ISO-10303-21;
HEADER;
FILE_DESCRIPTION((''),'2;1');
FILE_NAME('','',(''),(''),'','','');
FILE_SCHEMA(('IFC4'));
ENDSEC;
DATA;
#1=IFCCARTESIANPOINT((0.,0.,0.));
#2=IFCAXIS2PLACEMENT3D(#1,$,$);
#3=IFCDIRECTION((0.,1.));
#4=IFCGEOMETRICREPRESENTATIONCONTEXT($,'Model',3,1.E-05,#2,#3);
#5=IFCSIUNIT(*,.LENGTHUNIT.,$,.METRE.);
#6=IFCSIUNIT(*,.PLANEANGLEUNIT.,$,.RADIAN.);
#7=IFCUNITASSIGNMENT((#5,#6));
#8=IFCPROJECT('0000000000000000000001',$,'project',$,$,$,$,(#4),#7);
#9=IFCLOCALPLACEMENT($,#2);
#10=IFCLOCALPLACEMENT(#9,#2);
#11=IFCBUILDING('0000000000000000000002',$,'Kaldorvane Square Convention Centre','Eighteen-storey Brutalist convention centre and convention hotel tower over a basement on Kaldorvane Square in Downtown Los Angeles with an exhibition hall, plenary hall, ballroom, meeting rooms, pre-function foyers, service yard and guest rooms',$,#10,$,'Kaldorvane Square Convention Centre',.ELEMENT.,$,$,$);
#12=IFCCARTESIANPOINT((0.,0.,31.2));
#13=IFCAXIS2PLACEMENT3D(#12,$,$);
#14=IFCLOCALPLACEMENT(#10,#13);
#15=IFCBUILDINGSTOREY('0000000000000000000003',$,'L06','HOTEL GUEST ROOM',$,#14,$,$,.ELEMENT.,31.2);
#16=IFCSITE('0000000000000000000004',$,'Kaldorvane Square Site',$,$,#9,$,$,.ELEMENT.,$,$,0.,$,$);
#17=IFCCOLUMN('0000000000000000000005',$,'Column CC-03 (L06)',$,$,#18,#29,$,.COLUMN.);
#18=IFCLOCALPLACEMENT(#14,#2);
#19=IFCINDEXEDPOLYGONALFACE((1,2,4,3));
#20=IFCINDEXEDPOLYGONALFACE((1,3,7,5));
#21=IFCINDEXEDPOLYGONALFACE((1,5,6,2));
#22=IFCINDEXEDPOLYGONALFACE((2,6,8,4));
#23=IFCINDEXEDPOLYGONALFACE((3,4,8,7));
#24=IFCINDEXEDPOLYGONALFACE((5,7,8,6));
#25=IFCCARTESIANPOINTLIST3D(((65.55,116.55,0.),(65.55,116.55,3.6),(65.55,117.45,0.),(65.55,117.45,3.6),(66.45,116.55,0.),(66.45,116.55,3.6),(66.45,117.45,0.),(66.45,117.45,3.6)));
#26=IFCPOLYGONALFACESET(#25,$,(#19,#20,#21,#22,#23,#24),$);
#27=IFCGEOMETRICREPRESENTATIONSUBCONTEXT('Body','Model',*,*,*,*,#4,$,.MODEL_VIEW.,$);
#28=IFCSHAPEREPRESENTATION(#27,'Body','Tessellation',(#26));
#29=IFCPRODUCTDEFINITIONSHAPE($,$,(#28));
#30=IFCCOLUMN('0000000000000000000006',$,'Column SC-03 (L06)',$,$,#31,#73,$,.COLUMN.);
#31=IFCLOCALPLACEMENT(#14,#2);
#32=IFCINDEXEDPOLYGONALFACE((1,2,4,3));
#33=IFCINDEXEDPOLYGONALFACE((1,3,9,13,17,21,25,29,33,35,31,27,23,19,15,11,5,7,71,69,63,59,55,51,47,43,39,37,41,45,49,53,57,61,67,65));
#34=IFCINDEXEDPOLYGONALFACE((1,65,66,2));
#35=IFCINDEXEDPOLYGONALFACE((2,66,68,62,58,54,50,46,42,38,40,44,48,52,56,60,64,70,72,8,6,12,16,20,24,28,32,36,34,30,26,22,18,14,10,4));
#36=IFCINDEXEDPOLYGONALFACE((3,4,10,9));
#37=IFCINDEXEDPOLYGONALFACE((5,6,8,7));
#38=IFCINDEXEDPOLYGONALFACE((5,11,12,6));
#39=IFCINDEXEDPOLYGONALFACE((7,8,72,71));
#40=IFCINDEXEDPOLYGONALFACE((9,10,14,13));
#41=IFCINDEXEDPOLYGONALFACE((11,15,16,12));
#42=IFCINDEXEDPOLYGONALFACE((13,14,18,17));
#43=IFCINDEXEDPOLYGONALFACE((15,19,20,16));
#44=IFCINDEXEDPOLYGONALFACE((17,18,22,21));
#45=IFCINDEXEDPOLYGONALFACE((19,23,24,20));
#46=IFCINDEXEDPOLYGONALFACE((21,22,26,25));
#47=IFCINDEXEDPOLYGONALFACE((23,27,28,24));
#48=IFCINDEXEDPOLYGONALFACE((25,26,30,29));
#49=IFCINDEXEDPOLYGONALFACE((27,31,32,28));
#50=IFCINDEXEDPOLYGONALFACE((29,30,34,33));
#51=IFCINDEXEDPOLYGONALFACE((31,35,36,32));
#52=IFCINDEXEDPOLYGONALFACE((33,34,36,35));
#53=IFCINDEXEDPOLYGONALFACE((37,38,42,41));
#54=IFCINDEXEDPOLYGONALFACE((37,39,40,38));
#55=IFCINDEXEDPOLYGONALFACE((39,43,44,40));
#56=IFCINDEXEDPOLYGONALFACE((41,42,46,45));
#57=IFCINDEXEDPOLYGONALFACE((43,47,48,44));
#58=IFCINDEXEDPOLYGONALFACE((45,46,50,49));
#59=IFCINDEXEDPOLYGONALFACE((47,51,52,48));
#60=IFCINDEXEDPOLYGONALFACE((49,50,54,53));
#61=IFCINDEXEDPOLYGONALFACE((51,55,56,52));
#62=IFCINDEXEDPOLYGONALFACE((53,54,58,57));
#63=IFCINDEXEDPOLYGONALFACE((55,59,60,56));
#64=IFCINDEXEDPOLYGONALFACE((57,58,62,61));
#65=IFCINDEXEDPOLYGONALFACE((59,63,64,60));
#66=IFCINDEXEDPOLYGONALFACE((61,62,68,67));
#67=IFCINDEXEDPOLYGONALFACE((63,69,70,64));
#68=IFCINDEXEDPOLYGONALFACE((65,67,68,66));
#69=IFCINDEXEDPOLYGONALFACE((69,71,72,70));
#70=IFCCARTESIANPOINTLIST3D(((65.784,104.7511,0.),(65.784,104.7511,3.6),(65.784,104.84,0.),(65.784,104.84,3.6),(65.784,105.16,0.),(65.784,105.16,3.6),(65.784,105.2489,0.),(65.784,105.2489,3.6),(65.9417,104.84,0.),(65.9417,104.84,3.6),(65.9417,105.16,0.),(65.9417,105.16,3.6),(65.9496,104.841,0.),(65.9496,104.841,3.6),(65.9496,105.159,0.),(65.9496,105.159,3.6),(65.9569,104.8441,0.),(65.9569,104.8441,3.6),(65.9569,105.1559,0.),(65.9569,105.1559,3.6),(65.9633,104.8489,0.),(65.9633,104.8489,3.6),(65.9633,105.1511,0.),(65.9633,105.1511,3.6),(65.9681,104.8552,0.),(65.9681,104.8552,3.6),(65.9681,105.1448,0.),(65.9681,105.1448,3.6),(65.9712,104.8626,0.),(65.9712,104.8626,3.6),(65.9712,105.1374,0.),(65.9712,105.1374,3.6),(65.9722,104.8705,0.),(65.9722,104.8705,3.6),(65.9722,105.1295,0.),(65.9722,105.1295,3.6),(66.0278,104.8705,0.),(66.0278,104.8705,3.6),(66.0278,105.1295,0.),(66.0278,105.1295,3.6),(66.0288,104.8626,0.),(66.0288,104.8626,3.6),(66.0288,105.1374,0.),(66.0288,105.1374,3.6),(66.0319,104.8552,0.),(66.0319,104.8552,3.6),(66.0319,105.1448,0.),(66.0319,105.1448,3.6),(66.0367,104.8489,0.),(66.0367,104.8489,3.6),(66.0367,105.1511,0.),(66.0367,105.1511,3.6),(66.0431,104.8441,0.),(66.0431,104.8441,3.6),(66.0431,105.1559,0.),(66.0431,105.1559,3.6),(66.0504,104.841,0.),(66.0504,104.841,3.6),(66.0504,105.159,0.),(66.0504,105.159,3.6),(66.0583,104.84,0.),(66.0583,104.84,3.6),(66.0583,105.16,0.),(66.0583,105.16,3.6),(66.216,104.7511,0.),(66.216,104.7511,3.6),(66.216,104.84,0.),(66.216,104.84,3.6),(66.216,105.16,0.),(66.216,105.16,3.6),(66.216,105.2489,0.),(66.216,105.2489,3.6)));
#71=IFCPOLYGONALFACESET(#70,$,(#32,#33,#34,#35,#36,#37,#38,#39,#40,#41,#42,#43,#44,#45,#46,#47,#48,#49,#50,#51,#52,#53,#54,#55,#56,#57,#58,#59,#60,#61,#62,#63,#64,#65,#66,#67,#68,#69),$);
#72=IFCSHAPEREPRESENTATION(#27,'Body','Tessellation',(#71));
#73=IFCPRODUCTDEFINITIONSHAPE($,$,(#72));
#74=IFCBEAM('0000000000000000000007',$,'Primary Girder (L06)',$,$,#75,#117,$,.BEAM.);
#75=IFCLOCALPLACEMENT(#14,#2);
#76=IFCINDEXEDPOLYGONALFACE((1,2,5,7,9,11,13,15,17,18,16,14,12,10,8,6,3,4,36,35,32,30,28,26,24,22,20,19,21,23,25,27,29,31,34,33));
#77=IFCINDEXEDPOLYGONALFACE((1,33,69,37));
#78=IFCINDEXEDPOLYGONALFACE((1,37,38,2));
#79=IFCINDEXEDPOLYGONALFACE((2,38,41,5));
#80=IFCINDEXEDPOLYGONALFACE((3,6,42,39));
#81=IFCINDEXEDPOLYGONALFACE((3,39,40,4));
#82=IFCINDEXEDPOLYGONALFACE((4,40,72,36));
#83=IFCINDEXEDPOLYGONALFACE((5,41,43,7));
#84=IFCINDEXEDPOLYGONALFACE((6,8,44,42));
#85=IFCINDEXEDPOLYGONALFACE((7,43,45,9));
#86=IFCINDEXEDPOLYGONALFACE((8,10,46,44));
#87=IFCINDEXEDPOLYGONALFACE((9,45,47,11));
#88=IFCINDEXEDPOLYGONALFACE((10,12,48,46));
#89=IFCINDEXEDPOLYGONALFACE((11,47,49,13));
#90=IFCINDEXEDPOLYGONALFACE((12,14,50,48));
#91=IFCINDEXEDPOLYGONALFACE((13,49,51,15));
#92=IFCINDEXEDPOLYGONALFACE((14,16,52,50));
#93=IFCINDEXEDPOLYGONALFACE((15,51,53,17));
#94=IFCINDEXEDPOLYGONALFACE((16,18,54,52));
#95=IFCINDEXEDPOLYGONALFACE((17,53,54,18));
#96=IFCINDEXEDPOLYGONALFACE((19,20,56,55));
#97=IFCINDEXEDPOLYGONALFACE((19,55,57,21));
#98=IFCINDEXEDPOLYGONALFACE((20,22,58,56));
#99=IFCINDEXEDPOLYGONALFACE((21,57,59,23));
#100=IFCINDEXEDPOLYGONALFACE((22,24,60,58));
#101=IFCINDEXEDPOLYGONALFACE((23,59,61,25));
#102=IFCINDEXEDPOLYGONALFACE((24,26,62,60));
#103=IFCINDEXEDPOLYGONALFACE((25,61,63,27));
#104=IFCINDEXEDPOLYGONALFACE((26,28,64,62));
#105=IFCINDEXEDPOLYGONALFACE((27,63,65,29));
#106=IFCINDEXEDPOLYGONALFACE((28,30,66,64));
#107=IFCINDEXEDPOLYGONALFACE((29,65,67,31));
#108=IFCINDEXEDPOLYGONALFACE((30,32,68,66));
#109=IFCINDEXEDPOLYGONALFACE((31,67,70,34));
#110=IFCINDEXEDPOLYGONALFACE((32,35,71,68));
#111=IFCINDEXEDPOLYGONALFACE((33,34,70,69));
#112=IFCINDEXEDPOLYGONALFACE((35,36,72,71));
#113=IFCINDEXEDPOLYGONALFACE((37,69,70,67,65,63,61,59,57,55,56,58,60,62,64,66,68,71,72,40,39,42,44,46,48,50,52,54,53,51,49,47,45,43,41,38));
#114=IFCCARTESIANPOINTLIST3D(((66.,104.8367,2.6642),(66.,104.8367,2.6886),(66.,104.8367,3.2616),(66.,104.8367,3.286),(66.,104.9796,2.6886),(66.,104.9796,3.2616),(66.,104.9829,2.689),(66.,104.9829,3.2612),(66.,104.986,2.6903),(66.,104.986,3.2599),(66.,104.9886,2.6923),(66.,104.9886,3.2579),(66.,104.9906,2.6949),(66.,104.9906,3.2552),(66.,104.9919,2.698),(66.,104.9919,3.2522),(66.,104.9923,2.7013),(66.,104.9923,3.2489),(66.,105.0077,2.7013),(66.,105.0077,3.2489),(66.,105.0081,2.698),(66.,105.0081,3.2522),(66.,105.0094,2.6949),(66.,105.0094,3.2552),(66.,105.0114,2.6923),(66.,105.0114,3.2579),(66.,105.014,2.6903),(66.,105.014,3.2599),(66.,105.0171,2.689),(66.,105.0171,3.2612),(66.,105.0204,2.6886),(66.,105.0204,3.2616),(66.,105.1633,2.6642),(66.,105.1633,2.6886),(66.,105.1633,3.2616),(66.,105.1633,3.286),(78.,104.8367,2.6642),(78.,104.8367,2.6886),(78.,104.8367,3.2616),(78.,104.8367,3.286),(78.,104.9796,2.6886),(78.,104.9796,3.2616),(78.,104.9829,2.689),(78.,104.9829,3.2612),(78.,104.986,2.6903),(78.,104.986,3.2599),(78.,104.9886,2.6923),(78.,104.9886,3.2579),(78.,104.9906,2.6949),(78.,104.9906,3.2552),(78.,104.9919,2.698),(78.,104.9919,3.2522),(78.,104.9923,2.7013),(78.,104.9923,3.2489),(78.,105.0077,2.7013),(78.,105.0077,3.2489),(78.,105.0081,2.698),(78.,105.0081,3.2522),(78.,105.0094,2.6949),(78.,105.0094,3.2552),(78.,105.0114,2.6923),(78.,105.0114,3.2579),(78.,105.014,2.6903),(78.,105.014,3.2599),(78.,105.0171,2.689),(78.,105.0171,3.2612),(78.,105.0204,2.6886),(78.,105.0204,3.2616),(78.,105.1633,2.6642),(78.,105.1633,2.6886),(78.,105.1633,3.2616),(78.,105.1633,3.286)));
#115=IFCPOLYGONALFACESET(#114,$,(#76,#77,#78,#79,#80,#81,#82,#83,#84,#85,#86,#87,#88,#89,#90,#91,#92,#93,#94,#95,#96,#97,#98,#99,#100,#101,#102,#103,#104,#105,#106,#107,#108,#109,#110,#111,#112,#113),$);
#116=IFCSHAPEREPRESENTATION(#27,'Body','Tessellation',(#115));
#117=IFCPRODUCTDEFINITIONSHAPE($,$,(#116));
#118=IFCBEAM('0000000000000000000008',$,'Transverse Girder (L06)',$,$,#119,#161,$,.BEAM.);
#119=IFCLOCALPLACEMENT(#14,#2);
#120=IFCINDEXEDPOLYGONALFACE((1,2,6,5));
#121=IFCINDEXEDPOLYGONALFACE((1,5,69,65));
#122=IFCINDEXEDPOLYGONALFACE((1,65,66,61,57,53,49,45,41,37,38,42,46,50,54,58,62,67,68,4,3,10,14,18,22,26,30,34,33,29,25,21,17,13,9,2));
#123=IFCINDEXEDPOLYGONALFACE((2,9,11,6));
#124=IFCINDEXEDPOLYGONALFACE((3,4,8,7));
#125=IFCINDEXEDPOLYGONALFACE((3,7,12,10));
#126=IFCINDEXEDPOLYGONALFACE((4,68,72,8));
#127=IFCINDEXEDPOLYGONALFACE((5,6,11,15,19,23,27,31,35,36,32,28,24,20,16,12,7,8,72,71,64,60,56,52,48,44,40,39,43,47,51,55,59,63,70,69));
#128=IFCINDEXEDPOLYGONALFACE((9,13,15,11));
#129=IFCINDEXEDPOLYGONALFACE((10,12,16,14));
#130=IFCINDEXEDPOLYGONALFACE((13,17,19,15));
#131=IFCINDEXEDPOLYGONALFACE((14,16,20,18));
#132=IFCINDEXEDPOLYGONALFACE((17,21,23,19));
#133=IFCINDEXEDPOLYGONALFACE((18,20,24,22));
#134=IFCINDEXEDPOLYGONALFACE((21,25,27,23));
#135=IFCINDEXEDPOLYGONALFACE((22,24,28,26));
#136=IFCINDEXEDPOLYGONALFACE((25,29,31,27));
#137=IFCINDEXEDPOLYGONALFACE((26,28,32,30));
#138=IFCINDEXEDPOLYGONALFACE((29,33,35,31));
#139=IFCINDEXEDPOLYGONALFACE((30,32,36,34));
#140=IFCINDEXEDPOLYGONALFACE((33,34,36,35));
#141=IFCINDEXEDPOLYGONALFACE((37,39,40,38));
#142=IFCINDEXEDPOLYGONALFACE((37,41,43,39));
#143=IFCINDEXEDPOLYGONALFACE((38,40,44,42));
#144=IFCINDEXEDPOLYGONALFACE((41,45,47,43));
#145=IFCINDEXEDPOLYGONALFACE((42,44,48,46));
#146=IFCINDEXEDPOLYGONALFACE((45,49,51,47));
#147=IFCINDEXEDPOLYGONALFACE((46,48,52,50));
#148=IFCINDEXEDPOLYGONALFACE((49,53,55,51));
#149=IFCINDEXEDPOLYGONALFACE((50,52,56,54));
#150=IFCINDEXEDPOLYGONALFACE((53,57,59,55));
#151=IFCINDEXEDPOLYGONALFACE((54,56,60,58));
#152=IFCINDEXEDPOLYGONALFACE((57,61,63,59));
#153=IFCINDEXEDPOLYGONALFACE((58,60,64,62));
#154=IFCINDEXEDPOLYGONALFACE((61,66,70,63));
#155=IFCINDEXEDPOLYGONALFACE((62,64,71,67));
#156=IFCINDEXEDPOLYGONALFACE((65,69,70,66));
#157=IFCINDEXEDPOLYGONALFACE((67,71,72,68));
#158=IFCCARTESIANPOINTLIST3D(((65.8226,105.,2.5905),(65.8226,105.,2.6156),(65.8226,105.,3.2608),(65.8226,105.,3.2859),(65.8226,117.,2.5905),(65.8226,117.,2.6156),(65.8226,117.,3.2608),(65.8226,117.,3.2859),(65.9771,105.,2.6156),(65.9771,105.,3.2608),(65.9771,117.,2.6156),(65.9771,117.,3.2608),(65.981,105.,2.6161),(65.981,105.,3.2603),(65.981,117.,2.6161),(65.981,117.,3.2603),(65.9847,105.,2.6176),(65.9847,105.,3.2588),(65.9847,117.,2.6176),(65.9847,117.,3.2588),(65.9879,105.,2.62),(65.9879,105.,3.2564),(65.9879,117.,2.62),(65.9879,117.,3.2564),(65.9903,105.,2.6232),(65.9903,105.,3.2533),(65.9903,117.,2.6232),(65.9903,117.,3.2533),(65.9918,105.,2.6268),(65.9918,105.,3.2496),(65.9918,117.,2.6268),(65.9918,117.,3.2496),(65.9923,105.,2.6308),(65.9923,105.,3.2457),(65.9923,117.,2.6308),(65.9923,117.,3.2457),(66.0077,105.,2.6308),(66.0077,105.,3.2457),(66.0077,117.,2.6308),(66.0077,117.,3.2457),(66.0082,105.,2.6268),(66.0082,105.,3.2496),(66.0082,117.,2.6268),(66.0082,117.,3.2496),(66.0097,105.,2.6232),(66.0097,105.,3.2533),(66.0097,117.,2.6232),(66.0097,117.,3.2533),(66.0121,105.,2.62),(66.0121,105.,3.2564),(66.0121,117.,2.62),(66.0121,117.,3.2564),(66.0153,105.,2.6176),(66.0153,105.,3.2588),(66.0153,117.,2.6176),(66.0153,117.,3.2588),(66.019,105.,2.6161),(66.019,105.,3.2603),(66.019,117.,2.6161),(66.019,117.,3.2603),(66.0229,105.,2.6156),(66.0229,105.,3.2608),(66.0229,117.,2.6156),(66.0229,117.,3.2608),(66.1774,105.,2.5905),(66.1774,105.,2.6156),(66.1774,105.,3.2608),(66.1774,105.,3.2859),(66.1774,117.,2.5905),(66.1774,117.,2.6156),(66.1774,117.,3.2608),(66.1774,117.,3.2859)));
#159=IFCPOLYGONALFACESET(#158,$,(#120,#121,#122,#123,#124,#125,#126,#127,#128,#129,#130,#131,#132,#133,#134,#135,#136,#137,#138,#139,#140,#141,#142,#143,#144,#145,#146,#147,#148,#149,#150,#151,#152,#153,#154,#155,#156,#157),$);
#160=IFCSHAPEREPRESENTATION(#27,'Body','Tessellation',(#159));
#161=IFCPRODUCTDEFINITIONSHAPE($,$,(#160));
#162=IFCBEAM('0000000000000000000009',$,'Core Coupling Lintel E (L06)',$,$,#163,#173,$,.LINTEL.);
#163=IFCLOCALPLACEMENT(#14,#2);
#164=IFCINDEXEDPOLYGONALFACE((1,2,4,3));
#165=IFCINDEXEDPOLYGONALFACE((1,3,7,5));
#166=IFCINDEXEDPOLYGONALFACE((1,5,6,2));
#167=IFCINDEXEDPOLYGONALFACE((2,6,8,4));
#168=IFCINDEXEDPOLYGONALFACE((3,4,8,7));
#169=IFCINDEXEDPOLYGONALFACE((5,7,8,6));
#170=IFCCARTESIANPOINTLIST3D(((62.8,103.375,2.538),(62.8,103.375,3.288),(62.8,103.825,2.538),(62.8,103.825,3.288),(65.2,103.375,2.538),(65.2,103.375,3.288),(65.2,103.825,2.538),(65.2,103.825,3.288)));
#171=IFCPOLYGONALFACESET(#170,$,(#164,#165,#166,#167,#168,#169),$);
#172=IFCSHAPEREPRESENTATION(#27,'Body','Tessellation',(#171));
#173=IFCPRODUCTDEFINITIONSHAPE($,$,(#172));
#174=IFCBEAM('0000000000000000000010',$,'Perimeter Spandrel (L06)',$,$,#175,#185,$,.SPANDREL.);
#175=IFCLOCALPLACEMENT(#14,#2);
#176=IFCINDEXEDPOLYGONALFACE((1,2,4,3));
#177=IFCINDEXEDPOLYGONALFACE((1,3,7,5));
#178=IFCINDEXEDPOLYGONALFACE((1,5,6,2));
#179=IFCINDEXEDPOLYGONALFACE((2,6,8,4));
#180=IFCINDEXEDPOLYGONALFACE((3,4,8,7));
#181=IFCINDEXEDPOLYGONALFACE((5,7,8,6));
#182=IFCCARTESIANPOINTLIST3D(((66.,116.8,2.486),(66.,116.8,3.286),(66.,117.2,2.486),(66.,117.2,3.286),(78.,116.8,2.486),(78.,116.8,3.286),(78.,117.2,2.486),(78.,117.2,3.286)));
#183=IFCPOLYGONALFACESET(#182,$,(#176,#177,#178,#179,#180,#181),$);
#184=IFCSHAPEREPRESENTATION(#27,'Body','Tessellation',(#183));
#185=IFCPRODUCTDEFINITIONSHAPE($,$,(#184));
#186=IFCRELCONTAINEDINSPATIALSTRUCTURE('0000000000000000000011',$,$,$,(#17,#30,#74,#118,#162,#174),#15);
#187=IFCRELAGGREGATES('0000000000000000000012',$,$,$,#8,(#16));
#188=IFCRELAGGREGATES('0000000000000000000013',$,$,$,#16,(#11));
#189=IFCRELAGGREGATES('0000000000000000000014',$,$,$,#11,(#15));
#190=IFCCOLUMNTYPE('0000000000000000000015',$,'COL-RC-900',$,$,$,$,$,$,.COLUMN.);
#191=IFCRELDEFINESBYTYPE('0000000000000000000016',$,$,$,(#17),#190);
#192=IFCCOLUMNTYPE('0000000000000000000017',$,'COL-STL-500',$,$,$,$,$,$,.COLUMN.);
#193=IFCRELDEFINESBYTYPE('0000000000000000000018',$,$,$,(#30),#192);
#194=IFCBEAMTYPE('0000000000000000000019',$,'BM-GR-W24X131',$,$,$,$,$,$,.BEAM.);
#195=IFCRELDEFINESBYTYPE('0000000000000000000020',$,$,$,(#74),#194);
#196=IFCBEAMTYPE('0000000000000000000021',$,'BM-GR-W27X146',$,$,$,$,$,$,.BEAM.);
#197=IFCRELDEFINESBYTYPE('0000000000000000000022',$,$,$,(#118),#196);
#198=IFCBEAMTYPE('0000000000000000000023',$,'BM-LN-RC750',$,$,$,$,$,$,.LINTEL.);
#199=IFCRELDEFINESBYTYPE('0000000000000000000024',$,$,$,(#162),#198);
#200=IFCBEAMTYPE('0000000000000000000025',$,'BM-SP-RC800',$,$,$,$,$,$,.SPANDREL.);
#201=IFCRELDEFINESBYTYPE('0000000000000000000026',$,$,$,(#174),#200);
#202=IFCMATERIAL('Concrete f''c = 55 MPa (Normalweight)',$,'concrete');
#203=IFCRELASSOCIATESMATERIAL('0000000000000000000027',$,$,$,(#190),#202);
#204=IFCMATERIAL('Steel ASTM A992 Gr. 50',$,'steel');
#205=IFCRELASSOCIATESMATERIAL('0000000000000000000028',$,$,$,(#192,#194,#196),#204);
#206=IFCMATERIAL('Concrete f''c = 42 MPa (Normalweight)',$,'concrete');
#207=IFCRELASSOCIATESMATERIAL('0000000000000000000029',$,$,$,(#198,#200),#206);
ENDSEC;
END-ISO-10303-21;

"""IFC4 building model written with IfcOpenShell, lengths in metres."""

from ifc_helpers import new_model, si_unit, direction, frame, origin, origin_2d, place, context, subcontext, project, spatial, rectangle, i_section, extrude, material, material_profile, profile_set, type_object, element, save


model = new_model("IFC4")

# Units and contexts
model_context = context("Model", 3, precision=1e-05, world=origin(), true_north=direction((0.0, 1.0)))
body_context = subcontext(model_context, "Body", "Model", "MODEL_VIEW")
ifc_project = project(units=[si_unit("LENGTHUNIT", "METRE"), si_unit("PLANEANGLEUNIT", "RADIAN")], contexts=[model_context])

# Site, building, storey
site_placement = place(None, origin())
site = spatial("IfcSite", under=ifc_project, at=site_placement, Name="Kaldorvane Square Site", CompositionType="ELEMENT", RefElevation=0.0)
building_placement = place(site_placement, origin())
building = spatial("IfcBuilding", under=site, at=building_placement, Name="Kaldorvane Square Convention Centre", Description="Eighteen-storey Brutalist convention centre and convention hotel tower over a basement on Kaldorvane Square in Downtown Los Angeles with an exhibition hall, plenary hall, ballroom, meeting rooms, pre-function foyers, service yard and guest rooms", LongName="Kaldorvane Square Convention Centre", CompositionType="ELEMENT")
storey_placement = place(building_placement, frame((0.0, 0.0, 31.2)))
storey = spatial("IfcBuildingStorey", under=building, at=storey_placement, Name="L06", Description="HOTEL GUEST ROOM", CompositionType="ELEMENT", Elevation=31.2)

# Columns
ifc_material_1 = material(Name="Concrete f'c = 55 MPa (Normalweight)", Category="concrete")
ifc_material_profile_1 = material_profile(ifc_material_1, rectangle(XDim=0.9, YDim=0.9, at=origin_2d()), Name="RC900X900")
ifc_profile_set_1 = profile_set([ifc_material_profile_1], Name="Concrete f'c = 55 MPa (Normalweight)")
column_type_1 = type_object("IfcColumnType", Name="COL-RC-900", PredefinedType="COLUMN", material=ifc_profile_set_1)
column_1_placement = place(storey_placement, frame((66.0, 117.0, 0.0), z_axis=(0.0, 0.0, 1.0), x_axis=(1.0, 0.0, 0.0)))
element("IfcColumn", 1, at=column_1_placement, inside=storey, type_object=column_type_1, Name="Column CC-03 (L06)", PredefinedType="COLUMN", context=body_context, shape_type="SweptSolid", body=[
    extrude(rectangle(XDim=0.9, YDim=0.9, at=origin_2d()), origin(), (0.0, 0.0, 1.0), 3.6),
])
ifc_material_2 = material(Name="Steel ASTM A992 Gr. 50", Category="steel")
ifc_material_profile_2 = material_profile(ifc_material_2, i_section(OverallWidth=0.4321, OverallDepth=0.4978, WebThickness=0.0556, FlangeThickness=0.0889, FilletRadius=0.0305, at=origin_2d()), Name="W14X500")
ifc_profile_set_2 = profile_set([ifc_material_profile_2], Name="Steel ASTM A992 Gr. 50")
column_type_2 = type_object("IfcColumnType", Name="COL-STL-500", PredefinedType="COLUMN", material=ifc_profile_set_2)
column_2_placement = place(storey_placement, frame((66.0, 105.0, 0.0), z_axis=(0.0, 0.0, 1.0), x_axis=(1.0, 0.0, 0.0)))
element("IfcColumn", 2, at=column_2_placement, inside=storey, type_object=column_type_2, Name="Column SC-03 (L06)", PredefinedType="COLUMN", context=body_context, shape_type="SweptSolid", body=[
    extrude(i_section(OverallWidth=0.4321, OverallDepth=0.4978, WebThickness=0.0556, FlangeThickness=0.0889, FilletRadius=0.0305, at=origin_2d()), origin(), (0.0, 0.0, 1.0), 3.6),
])

# Beams
ifc_material_profile_3 = material_profile(ifc_material_2, i_section(OverallWidth=0.3265, OverallDepth=0.6218, WebThickness=0.0154, FlangeThickness=0.0244, FilletRadius=0.0127, at=origin_2d()), Name="W24X131")
ifc_profile_set_3 = profile_set([ifc_material_profile_3], Name="Steel ASTM A992 Gr. 50")
beam_type_1 = type_object("IfcBeamType", Name="BM-GR-W24X131", PredefinedType="BEAM", material=ifc_profile_set_3)
beam_1_placement = place(storey_placement, frame((66.0, 105.0, 2.9751), z_axis=(1.0, 0.0, 0.0), x_axis=(0.0, 1.0, 0.0)))
element("IfcBeam", 3, at=beam_1_placement, inside=storey, type_object=beam_type_1, Name="Primary Girder (L06)", PredefinedType="BEAM", context=body_context, shape_type="SweptSolid", body=[
    extrude(i_section(OverallWidth=0.3265, OverallDepth=0.6218, WebThickness=0.0154, FlangeThickness=0.0244, FilletRadius=0.0127, at=origin_2d()), origin(), (0.0, 0.0, 1.0), 12.0),
])
ifc_material_profile_4 = material_profile(ifc_material_2, i_section(OverallWidth=0.3547, OverallDepth=0.6955, WebThickness=0.0154, FlangeThickness=0.0251, FilletRadius=0.0152, at=origin_2d()), Name="W27X146")
ifc_profile_set_4 = profile_set([ifc_material_profile_4], Name="Steel ASTM A992 Gr. 50")
beam_type_2 = type_object("IfcBeamType", Name="BM-GR-W27X146", PredefinedType="BEAM", material=ifc_profile_set_4)
beam_2_placement = place(storey_placement, frame((66.0, 105.0, 2.9382), z_axis=(0.0, 1.0, 0.0), x_axis=(-1.0, 0.0, 0.0)))
element("IfcBeam", 4, at=beam_2_placement, inside=storey, type_object=beam_type_2, Name="Transverse Girder (L06)", PredefinedType="BEAM", context=body_context, shape_type="SweptSolid", body=[
    extrude(i_section(OverallWidth=0.3547, OverallDepth=0.6955, WebThickness=0.0154, FlangeThickness=0.0251, FilletRadius=0.0152, at=origin_2d()), origin(), (0.0, 0.0, 1.0), 12.0),
])
ifc_material_3 = material(Name="Concrete f'c = 42 MPa (Normalweight)", Category="concrete")
ifc_material_profile_5 = material_profile(ifc_material_3, rectangle(XDim=0.45, YDim=0.75, at=origin_2d()), Name="RCLN750X450")
ifc_profile_set_5 = profile_set([ifc_material_profile_5], Name="Concrete f'c = 42 MPa (Normalweight)")
beam_type_3 = type_object("IfcBeamType", Name="BM-LN-RC750", PredefinedType="LINTEL", material=ifc_profile_set_5)
beam_3_placement = place(storey_placement, frame((62.8, 103.6, 2.913), z_axis=(1.0, 0.0, 0.0), x_axis=(0.0, 1.0, 0.0)))
element("IfcBeam", 5, at=beam_3_placement, inside=storey, type_object=beam_type_3, Name="Core Coupling Lintel E (L06)", PredefinedType="LINTEL", context=body_context, shape_type="SweptSolid", body=[
    extrude(rectangle(XDim=0.45, YDim=0.75, at=origin_2d()), origin(), (0.0, 0.0, 1.0), 2.4),
])
ifc_material_profile_6 = material_profile(ifc_material_3, rectangle(XDim=0.4, YDim=0.8, at=origin_2d()), Name="RCSP800X400")
ifc_profile_set_6 = profile_set([ifc_material_profile_6], Name="Concrete f'c = 42 MPa (Normalweight)")
beam_type_4 = type_object("IfcBeamType", Name="BM-SP-RC800", PredefinedType="SPANDREL", material=ifc_profile_set_6)
beam_4_placement = place(storey_placement, frame((66.0, 117.0, 2.886), z_axis=(1.0, 0.0, 0.0), x_axis=(0.0, 1.0, 0.0)))
element("IfcBeam", 6, at=beam_4_placement, inside=storey, type_object=beam_type_4, Name="Perimeter Spandrel (L06)", PredefinedType="SPANDREL", context=body_context, shape_type="SweptSolid", body=[
    extrude(rectangle(XDim=0.4, YDim=0.8, at=origin_2d()), origin(), (0.0, 0.0, 1.0), 12.0),
])

save(model, "model.ifc")
